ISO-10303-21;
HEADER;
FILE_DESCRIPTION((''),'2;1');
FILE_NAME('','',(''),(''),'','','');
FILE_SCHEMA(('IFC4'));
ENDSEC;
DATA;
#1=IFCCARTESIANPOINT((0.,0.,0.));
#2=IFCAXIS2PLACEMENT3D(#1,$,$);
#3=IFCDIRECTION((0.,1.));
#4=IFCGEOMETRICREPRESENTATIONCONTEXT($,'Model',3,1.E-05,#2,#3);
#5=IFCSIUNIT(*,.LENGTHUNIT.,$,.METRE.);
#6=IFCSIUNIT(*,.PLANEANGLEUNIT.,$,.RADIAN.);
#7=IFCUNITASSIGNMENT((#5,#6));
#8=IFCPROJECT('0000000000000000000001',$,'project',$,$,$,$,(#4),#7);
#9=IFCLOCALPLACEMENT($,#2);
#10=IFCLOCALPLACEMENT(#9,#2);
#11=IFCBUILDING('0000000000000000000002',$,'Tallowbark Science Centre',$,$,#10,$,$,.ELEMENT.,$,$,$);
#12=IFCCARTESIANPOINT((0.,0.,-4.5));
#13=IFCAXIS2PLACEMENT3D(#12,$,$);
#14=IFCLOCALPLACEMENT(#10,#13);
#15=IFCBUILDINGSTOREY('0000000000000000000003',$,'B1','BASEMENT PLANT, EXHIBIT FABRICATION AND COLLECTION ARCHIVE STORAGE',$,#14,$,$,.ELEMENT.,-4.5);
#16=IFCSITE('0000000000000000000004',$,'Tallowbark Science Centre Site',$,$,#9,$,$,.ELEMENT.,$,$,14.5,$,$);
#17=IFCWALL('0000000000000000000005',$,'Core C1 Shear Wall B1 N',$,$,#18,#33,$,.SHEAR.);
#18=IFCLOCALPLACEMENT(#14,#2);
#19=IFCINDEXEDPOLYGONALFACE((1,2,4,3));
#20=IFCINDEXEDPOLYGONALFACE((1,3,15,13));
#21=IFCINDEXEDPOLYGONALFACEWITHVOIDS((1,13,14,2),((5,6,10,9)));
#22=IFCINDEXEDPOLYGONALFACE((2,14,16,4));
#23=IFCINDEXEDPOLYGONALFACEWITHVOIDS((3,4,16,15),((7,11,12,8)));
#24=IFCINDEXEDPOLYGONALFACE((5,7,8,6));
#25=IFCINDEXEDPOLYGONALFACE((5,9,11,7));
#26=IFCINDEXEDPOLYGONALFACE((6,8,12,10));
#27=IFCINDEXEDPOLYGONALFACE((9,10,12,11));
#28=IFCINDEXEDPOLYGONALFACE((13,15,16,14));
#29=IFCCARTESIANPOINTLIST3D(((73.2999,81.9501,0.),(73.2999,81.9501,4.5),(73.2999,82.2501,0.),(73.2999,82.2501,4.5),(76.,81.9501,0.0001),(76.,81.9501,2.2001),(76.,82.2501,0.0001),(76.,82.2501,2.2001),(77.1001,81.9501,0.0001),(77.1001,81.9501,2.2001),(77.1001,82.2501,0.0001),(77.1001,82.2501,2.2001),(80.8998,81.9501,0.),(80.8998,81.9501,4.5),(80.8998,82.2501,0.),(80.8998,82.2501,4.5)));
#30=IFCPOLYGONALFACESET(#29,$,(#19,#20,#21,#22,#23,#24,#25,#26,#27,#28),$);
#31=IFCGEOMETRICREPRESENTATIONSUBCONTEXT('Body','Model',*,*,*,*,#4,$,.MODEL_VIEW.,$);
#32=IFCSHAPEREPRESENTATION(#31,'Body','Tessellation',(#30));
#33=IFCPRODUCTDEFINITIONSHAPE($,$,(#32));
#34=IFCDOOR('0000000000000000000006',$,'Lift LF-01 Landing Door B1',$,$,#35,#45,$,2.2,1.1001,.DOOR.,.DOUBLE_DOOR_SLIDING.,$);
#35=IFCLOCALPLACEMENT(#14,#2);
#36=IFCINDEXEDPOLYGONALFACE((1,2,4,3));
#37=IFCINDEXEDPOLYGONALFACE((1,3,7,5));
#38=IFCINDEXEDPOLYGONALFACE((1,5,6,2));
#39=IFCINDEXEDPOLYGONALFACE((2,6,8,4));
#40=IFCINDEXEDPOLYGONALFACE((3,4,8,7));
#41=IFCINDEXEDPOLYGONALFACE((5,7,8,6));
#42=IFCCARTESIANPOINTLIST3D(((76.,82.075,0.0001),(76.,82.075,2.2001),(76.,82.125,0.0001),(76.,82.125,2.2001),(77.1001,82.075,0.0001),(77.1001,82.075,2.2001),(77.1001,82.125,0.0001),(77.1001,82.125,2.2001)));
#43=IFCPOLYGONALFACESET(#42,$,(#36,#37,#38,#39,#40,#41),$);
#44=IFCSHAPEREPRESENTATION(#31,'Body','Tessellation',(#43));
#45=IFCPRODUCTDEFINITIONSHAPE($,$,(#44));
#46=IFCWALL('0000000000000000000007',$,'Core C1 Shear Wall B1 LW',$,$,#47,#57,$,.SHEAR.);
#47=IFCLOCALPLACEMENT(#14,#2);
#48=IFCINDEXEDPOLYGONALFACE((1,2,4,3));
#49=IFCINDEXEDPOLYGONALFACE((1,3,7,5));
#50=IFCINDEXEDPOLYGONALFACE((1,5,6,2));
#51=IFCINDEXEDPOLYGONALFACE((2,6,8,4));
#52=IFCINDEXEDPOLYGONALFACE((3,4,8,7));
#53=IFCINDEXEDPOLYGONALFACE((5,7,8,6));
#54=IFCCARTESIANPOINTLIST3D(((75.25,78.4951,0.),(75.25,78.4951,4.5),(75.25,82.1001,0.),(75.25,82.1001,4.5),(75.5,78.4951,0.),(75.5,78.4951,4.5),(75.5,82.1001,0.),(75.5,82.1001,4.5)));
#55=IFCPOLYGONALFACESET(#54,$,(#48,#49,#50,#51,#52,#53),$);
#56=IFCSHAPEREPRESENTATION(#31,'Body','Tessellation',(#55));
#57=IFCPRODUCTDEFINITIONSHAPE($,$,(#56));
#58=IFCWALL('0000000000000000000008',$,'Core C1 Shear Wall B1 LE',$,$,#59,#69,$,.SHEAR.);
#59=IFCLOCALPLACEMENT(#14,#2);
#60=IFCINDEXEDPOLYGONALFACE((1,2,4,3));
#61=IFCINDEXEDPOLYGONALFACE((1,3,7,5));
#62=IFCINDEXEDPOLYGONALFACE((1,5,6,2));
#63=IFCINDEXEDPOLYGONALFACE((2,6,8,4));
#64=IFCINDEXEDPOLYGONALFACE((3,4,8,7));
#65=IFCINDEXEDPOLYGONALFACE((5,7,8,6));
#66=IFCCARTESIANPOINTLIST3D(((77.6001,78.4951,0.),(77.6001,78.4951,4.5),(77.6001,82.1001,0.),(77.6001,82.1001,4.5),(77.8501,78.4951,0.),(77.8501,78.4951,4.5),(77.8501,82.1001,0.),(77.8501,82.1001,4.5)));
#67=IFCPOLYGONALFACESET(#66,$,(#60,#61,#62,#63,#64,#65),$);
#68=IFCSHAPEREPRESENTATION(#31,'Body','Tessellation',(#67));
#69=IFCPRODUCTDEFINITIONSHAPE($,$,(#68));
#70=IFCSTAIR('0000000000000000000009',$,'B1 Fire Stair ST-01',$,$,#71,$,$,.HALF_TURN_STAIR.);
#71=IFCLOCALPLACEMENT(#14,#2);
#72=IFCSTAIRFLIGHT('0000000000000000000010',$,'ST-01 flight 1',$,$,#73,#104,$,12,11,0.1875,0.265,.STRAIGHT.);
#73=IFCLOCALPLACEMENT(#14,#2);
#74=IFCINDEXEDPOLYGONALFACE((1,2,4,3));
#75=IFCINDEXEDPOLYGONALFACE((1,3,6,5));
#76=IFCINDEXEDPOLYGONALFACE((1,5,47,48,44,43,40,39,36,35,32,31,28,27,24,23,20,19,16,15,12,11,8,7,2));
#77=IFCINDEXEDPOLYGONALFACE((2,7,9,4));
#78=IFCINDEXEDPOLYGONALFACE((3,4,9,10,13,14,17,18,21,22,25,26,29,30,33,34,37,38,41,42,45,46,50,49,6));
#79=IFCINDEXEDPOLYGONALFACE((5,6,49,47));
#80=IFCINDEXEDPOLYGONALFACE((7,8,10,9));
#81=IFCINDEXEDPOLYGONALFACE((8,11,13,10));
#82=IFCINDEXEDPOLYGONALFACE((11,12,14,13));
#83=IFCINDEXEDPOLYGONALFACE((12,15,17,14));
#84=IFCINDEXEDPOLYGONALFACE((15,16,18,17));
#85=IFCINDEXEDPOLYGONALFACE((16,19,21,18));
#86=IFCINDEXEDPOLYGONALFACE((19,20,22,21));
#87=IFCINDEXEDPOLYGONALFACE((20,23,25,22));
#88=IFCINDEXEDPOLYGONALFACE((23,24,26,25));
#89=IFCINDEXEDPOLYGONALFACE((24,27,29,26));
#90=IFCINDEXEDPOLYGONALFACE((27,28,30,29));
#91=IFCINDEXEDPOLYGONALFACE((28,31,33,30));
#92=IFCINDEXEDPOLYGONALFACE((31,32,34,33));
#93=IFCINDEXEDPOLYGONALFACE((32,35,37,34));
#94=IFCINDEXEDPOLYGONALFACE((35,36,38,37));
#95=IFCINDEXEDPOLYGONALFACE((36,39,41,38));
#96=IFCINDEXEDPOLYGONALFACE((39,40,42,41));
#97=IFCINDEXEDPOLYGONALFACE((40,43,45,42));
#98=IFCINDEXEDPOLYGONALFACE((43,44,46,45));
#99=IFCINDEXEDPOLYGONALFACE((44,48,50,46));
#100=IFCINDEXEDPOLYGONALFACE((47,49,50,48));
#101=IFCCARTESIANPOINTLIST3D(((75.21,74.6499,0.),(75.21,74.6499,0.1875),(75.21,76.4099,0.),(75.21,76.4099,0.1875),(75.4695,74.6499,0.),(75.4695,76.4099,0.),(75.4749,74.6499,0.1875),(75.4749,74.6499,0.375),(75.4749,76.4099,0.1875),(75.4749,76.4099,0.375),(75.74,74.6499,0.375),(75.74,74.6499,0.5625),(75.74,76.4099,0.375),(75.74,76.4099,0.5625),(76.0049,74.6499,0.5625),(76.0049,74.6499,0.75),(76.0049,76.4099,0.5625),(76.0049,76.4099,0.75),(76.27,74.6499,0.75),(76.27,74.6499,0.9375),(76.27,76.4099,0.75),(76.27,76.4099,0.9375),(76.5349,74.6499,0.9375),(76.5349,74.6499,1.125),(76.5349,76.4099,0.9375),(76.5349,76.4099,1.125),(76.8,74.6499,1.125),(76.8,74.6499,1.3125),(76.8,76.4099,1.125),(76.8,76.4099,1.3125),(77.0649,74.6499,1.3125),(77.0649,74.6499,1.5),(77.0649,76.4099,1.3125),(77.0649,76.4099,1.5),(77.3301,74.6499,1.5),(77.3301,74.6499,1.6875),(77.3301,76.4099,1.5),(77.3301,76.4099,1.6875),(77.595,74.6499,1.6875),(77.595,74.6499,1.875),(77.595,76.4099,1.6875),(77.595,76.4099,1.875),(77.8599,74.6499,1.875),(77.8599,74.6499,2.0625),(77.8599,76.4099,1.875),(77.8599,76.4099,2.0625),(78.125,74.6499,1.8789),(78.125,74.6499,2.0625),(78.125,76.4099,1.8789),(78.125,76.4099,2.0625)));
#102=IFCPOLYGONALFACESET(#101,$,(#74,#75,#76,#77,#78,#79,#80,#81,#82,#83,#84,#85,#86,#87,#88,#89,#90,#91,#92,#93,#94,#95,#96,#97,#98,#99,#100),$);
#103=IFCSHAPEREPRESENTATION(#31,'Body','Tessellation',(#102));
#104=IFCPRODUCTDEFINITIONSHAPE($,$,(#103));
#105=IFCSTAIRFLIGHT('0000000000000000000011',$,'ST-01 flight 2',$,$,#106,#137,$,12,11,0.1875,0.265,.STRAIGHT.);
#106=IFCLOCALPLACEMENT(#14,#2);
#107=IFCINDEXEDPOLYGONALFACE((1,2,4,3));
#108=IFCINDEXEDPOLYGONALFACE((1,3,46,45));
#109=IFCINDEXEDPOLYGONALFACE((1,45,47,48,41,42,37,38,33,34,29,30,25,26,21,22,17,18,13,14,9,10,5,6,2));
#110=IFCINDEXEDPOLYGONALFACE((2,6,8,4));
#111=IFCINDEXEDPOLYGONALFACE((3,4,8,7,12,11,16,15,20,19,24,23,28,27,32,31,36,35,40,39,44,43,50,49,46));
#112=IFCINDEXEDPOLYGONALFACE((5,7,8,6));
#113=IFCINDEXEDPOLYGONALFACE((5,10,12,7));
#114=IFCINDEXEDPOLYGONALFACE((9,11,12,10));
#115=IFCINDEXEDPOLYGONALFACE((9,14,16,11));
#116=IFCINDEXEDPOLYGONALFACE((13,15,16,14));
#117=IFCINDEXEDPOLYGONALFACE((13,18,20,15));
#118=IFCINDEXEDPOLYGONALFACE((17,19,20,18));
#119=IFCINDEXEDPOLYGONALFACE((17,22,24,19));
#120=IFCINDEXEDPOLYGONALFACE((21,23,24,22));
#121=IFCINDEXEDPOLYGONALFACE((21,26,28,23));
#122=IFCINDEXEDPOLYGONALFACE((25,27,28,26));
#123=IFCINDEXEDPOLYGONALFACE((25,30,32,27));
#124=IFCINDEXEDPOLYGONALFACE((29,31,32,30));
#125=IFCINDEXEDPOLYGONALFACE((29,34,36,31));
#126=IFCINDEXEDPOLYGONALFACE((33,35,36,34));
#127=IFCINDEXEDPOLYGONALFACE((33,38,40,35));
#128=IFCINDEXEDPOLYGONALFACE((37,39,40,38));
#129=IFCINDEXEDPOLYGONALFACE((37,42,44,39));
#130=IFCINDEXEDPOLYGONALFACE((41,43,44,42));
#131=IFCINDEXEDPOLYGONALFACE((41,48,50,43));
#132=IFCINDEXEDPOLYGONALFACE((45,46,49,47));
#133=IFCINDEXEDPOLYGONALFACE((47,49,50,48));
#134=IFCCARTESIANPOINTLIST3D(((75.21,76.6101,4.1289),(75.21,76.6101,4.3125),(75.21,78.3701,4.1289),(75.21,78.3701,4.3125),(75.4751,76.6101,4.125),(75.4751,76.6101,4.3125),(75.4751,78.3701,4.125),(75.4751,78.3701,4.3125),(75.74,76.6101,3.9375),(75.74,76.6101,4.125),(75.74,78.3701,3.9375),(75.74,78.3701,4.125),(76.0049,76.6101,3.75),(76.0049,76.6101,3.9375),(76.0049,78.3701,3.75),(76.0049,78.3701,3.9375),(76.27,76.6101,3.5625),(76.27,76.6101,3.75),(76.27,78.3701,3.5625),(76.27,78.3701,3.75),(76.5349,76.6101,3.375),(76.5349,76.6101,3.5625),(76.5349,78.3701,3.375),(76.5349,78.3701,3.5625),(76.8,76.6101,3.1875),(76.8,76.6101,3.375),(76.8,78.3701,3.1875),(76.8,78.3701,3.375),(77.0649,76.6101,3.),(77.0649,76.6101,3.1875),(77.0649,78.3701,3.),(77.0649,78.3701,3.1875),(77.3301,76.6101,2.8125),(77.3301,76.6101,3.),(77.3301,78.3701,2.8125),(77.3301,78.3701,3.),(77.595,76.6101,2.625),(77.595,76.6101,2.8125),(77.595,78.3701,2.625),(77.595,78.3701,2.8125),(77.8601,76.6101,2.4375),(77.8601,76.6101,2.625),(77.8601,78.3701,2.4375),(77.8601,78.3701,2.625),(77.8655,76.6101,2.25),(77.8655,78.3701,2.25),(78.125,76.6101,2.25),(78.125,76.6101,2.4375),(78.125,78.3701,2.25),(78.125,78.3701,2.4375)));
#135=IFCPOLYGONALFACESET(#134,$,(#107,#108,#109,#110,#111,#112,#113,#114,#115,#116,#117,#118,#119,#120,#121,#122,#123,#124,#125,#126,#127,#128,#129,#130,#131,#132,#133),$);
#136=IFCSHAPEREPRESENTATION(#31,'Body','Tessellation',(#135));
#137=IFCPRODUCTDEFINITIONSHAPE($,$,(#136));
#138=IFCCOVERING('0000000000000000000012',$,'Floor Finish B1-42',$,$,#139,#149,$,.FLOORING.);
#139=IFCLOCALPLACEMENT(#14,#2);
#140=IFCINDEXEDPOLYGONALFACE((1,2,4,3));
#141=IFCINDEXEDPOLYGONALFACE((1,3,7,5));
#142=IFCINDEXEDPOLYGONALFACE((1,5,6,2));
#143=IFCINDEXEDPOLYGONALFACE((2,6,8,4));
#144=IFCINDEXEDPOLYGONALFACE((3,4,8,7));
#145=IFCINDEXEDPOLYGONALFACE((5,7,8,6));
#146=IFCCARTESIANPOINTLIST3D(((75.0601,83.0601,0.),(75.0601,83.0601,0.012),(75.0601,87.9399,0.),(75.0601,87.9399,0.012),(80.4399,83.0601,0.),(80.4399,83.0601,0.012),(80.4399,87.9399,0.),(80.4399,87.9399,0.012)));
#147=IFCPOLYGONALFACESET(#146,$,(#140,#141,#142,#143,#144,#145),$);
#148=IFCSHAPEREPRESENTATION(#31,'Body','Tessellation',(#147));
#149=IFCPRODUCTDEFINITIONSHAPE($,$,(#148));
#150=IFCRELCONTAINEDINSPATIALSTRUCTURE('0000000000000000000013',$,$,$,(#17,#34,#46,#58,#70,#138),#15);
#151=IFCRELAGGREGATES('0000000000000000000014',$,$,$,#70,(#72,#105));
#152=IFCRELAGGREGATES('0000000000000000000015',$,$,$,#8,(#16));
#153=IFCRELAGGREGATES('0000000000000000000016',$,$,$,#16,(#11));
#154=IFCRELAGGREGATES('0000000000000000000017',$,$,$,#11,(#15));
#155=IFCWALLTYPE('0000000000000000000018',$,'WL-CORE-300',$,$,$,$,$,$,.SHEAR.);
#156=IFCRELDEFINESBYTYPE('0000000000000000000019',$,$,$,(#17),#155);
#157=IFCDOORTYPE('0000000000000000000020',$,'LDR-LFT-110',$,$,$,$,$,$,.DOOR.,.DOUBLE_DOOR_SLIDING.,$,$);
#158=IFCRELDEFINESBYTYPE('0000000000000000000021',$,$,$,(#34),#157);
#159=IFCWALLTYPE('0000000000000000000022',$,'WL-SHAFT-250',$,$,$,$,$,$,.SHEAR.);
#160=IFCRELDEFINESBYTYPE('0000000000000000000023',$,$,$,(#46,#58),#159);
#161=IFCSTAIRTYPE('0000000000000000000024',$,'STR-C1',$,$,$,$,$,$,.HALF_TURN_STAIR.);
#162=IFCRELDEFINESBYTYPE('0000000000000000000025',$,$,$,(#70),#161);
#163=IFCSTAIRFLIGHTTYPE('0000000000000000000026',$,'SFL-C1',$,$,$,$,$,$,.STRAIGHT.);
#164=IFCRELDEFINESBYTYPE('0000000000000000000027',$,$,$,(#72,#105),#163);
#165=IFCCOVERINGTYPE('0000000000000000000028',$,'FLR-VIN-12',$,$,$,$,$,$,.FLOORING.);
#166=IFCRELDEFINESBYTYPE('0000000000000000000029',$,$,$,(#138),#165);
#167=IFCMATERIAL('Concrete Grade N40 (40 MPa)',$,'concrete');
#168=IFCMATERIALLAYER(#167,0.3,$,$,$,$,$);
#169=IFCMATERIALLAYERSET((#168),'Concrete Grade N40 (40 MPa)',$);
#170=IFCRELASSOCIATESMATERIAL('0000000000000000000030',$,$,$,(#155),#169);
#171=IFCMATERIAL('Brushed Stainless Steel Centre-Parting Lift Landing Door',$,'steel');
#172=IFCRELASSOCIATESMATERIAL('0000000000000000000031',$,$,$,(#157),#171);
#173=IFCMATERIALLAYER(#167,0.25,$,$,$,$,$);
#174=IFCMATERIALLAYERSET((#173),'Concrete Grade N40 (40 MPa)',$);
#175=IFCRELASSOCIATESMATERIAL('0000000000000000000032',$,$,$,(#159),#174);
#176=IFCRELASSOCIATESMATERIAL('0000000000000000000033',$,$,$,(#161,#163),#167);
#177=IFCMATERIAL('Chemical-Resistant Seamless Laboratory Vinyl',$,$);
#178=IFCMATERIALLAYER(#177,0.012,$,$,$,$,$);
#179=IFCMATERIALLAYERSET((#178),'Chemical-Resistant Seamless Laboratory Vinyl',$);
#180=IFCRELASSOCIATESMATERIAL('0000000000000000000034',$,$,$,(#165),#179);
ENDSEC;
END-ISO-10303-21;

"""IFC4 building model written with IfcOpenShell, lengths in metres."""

from ifc_helpers import new_model, si_unit, direction, frame, frame_2d, origin, origin_2d, place, context, subcontext, project, spatial, polyline, rectangle, outline, extrude, material, layer, layer_set, type_object, element, fill, aggregate, save


model = new_model("IFC4")

# Units and contexts
model_context = context("Model", 3, precision=1e-05, world=origin(), true_north=direction((0.0, 1.0)))
body_context = subcontext(model_context, "Body", "Model", "MODEL_VIEW")
ifc_project = project(units=[si_unit("LENGTHUNIT", "METRE"), si_unit("PLANEANGLEUNIT", "RADIAN")], contexts=[model_context])

# Site, building, storey
site_placement = place(None, origin())
site = spatial("IfcSite", under=ifc_project, at=site_placement, Name="Tallowbark Science Centre Site", CompositionType="ELEMENT", RefElevation=14.5)
building_placement = place(site_placement, origin())
building = spatial("IfcBuilding", under=site, at=building_placement, Name="Tallowbark Science Centre", CompositionType="ELEMENT")
storey_placement = place(building_placement, frame((0.0, 0.0, -4.5)))
storey = spatial("IfcBuildingStorey", under=building, at=storey_placement, Name="B1", Description="BASEMENT PLANT, EXHIBIT FABRICATION AND COLLECTION ARCHIVE STORAGE", CompositionType="ELEMENT", Elevation=-4.5)

# Shared definitions
ifc_material_1 = material(Name="Concrete Grade N40 (40 MPa)", Category="concrete")

# Shared definitions
ifc_layer_1 = layer(ifc_material_1, 0.3)
ifc_layer_set_1 = layer_set([ifc_layer_1], Name="Concrete Grade N40 (40 MPa)")
wall_type_1 = type_object("IfcWallType", Name="WL-CORE-300", PredefinedType="SHEAR", material=ifc_layer_set_1)

# Wall, opening, door
wall_1_placement = place(storey_placement, frame((73.3, 82.1001, 0.0), z_axis=(0.0, 0.0, 1.0), x_axis=(1.0, 0.0, 0.0)))
wall_1 = element("IfcWall", 1, at=wall_1_placement, inside=storey, type_object=wall_type_1, Name="Core C1 Shear Wall B1 N", PredefinedType="SHEAR", context=body_context, shape_type="SweptSolid", body=[
    extrude(rectangle(XDim=7.5999, YDim=0.3, at=frame_2d((3.7998, 0.0))), origin(), (0.0, 0.0, 1.0), 4.5),
])
opening_placement = place(wall_1_placement, frame((2.7, 0.0, 0.0)))
opening = element("IfcOpeningElement", 2, at=opening_placement, cuts=wall_1, PredefinedType="OPENING", context=body_context, shape_type="SweptSolid", body=[
    extrude(rectangle(XDim=1.1001, YDim=2.2, at=frame_2d((0.55, 1.1001))), frame((0.0, 0.1602, 0.0), z_axis=(0.0, -1.0, 0.0), x_axis=(1.0, 0.0, 0.0)), (0.0, 0.0, 1.0), 0.3201),
])
ifc_material_2 = material(Name="Brushed Stainless Steel Centre-Parting Lift Landing Door", Category="steel")
door_type = type_object("IfcDoorType", Name="LDR-LFT-110", OperationType="DOUBLE_DOOR_SLIDING", PredefinedType="DOOR", material=ifc_material_2)
door_placement = place(opening_placement, origin())
door = element("IfcDoor", 3, at=door_placement, inside=storey, type_object=door_type, Name="Lift LF-01 Landing Door B1", OperationType="DOUBLE_DOOR_SLIDING", OverallHeight=2.2, OverallWidth=1.1001, PredefinedType="DOOR", context=body_context, shape_type="SweptSolid", body=[
    extrude(rectangle(XDim=1.1001, YDim=2.2, at=frame_2d((0.55, 1.1001))), frame((0.0, 0.0249, 0.0), z_axis=(0.0, -1.0, 0.0), x_axis=(1.0, 0.0, 0.0)), (0.0, 0.0, 1.0), 0.05),
])
fill(opening, door)

# Walls
ifc_layer_2 = layer(ifc_material_1, 0.25)
ifc_layer_set_2 = layer_set([ifc_layer_2], Name="Concrete Grade N40 (40 MPa)")
wall_type_2 = type_object("IfcWallType", Name="WL-SHAFT-250", PredefinedType="SHEAR", material=ifc_layer_set_2)
for number, where, z_axis, x_axis, name in (
    (4, (75.375, 78.4951, 0.0), (0.0, 0.0, 1.0), (0.0, 1.0, 0.0), "Core C1 Shear Wall B1 LW"),
    (5, (77.7251, 78.4951, 0.0), (0.0, 0.0, 1.0), (0.0, 1.0, 0.0), "Core C1 Shear Wall B1 LE"),
):
    element("IfcWall", number, at=place(storey_placement, frame(where, z_axis=z_axis, x_axis=x_axis)), inside=storey, type_object=wall_type_2, Name=name, PredefinedType="SHEAR", context=body_context, shape_type="SweptSolid", body=[
        extrude(rectangle(XDim=3.605, YDim=0.25, at=frame_2d((1.8025, 0.0))), origin(), (0.0, 0.0, 1.0), 4.5),
    ])

# Stair, stair flights
stair_type = type_object("IfcStairType", Name="STR-C1", PredefinedType="HALF_TURN_STAIR", material=ifc_material_1)
stair_placement = place(storey_placement, origin())
stair = element("IfcStair", 6, at=stair_placement, inside=storey, type_object=stair_type, Name="B1 Fire Stair ST-01", PredefinedType="HALF_TURN_STAIR")
stair_flight_type = type_object("IfcStairFlightType", Name="SFL-C1", PredefinedType="STRAIGHT", material=ifc_material_1)
stair_flight_1_placement = place(storey_placement, frame((75.21, 75.53, 0.0), z_axis=(0.0, 0.0, 1.0), x_axis=(1.0, 0.0, 0.0)))
stair_flight_1 = element("IfcStairFlight", 7, at=stair_flight_1_placement, type_object=stair_flight_type, Name="ST-01 flight 1", NumberOfRisers=12, NumberOfTreads=11, PredefinedType="STRAIGHT", RiserHeight=0.1875, TreadLength=0.265, context=body_context, shape_type="SweptSolid", body=[
    extrude(outline(polyline([(0.0, 0.0), (0.0, 0.1875), (0.2649, 0.1875), (0.2649, 0.375), (0.53, 0.375), (0.53, 0.5625), (0.7949, 0.5625), (0.7949, 0.75), (1.0601, 0.75), (1.0601, 0.9375), (1.325, 0.9375), (1.325, 1.125), (1.5901, 1.125), (1.5901, 1.3125), (1.855, 1.3125), (1.855, 1.5), (2.1201, 1.5), (2.1201, 1.6875), (2.385, 1.6875), (2.385, 1.875), (2.6499, 1.875), (2.6499, 2.0625), (2.915, 2.0625), (2.915, 2.25), (2.915, 1.8789), (0.2595, 0.0), (0.0, 0.0)])), frame((0.0, 0.8799, 0.0), z_axis=(0.0, -1.0, 0.0), x_axis=(1.0, 0.0, 0.0)), (0.0, 0.0, 1.0), 1.76),
])
stair_flight_2_placement = place(storey_placement, frame((78.125, 77.49, 2.25), z_axis=(0.0, 0.0, 1.0), x_axis=(-1.0, 0.0, 0.0)))
stair_flight_2 = element("IfcStairFlight", 8, at=stair_flight_2_placement, type_object=stair_flight_type, Name="ST-01 flight 2", NumberOfRisers=12, NumberOfTreads=11, PredefinedType="STRAIGHT", RiserHeight=0.1875, TreadLength=0.265, context=body_context, shape_type="SweptSolid", body=[
    extrude(outline(polyline([(0.0, 0.0), (0.0, 0.1875), (0.2649, 0.1875), (0.2649, 0.375), (0.53, 0.375), (0.53, 0.5625), (0.7949, 0.5625), (0.7949, 0.75), (1.0601, 0.75), (1.0601, 0.9375), (1.325, 0.9375), (1.325, 1.125), (1.5901, 1.125), (1.5901, 1.3125), (1.855, 1.3125), (1.855, 1.5), (2.1201, 1.5), (2.1201, 1.6875), (2.385, 1.6875), (2.385, 1.875), (2.6499, 1.875), (2.6499, 2.0625), (2.915, 2.0625), (2.915, 2.25), (2.915, 1.8789), (0.2595, 0.0), (0.0, 0.0)])), frame((0.0, 0.8799, 0.0), z_axis=(0.0, -1.0, 0.0), x_axis=(1.0, 0.0, 0.0)), (0.0, 0.0, 1.0), 1.76),
])
aggregate(stair, [stair_flight_1, stair_flight_2])

# Covering
ifc_material_3 = material(Name="Chemical-Resistant Seamless Laboratory Vinyl")
ifc_layer_3 = layer(ifc_material_3, 0.012)
ifc_layer_set_3 = layer_set([ifc_layer_3], Name="Chemical-Resistant Seamless Laboratory Vinyl")
covering_type = type_object("IfcCoveringType", Name="FLR-VIN-12", PredefinedType="FLOORING", material=ifc_layer_set_3)
covering_placement = place(storey_placement, frame((77.75, 85.5, 0.0), z_axis=(0.0, 0.0, 1.0), x_axis=(1.0, 0.0, 0.0)))
element("IfcCovering", 9, at=covering_placement, inside=storey, type_object=covering_type, Name="Floor Finish B1-42", PredefinedType="FLOORING", context=body_context, shape_type="SweptSolid", body=[
    extrude(rectangle(XDim=5.3799, YDim=4.8799, at=origin_2d()), origin(), (0.0, 0.0, 1.0), 0.012),
])

save(model, "model.ifc")
